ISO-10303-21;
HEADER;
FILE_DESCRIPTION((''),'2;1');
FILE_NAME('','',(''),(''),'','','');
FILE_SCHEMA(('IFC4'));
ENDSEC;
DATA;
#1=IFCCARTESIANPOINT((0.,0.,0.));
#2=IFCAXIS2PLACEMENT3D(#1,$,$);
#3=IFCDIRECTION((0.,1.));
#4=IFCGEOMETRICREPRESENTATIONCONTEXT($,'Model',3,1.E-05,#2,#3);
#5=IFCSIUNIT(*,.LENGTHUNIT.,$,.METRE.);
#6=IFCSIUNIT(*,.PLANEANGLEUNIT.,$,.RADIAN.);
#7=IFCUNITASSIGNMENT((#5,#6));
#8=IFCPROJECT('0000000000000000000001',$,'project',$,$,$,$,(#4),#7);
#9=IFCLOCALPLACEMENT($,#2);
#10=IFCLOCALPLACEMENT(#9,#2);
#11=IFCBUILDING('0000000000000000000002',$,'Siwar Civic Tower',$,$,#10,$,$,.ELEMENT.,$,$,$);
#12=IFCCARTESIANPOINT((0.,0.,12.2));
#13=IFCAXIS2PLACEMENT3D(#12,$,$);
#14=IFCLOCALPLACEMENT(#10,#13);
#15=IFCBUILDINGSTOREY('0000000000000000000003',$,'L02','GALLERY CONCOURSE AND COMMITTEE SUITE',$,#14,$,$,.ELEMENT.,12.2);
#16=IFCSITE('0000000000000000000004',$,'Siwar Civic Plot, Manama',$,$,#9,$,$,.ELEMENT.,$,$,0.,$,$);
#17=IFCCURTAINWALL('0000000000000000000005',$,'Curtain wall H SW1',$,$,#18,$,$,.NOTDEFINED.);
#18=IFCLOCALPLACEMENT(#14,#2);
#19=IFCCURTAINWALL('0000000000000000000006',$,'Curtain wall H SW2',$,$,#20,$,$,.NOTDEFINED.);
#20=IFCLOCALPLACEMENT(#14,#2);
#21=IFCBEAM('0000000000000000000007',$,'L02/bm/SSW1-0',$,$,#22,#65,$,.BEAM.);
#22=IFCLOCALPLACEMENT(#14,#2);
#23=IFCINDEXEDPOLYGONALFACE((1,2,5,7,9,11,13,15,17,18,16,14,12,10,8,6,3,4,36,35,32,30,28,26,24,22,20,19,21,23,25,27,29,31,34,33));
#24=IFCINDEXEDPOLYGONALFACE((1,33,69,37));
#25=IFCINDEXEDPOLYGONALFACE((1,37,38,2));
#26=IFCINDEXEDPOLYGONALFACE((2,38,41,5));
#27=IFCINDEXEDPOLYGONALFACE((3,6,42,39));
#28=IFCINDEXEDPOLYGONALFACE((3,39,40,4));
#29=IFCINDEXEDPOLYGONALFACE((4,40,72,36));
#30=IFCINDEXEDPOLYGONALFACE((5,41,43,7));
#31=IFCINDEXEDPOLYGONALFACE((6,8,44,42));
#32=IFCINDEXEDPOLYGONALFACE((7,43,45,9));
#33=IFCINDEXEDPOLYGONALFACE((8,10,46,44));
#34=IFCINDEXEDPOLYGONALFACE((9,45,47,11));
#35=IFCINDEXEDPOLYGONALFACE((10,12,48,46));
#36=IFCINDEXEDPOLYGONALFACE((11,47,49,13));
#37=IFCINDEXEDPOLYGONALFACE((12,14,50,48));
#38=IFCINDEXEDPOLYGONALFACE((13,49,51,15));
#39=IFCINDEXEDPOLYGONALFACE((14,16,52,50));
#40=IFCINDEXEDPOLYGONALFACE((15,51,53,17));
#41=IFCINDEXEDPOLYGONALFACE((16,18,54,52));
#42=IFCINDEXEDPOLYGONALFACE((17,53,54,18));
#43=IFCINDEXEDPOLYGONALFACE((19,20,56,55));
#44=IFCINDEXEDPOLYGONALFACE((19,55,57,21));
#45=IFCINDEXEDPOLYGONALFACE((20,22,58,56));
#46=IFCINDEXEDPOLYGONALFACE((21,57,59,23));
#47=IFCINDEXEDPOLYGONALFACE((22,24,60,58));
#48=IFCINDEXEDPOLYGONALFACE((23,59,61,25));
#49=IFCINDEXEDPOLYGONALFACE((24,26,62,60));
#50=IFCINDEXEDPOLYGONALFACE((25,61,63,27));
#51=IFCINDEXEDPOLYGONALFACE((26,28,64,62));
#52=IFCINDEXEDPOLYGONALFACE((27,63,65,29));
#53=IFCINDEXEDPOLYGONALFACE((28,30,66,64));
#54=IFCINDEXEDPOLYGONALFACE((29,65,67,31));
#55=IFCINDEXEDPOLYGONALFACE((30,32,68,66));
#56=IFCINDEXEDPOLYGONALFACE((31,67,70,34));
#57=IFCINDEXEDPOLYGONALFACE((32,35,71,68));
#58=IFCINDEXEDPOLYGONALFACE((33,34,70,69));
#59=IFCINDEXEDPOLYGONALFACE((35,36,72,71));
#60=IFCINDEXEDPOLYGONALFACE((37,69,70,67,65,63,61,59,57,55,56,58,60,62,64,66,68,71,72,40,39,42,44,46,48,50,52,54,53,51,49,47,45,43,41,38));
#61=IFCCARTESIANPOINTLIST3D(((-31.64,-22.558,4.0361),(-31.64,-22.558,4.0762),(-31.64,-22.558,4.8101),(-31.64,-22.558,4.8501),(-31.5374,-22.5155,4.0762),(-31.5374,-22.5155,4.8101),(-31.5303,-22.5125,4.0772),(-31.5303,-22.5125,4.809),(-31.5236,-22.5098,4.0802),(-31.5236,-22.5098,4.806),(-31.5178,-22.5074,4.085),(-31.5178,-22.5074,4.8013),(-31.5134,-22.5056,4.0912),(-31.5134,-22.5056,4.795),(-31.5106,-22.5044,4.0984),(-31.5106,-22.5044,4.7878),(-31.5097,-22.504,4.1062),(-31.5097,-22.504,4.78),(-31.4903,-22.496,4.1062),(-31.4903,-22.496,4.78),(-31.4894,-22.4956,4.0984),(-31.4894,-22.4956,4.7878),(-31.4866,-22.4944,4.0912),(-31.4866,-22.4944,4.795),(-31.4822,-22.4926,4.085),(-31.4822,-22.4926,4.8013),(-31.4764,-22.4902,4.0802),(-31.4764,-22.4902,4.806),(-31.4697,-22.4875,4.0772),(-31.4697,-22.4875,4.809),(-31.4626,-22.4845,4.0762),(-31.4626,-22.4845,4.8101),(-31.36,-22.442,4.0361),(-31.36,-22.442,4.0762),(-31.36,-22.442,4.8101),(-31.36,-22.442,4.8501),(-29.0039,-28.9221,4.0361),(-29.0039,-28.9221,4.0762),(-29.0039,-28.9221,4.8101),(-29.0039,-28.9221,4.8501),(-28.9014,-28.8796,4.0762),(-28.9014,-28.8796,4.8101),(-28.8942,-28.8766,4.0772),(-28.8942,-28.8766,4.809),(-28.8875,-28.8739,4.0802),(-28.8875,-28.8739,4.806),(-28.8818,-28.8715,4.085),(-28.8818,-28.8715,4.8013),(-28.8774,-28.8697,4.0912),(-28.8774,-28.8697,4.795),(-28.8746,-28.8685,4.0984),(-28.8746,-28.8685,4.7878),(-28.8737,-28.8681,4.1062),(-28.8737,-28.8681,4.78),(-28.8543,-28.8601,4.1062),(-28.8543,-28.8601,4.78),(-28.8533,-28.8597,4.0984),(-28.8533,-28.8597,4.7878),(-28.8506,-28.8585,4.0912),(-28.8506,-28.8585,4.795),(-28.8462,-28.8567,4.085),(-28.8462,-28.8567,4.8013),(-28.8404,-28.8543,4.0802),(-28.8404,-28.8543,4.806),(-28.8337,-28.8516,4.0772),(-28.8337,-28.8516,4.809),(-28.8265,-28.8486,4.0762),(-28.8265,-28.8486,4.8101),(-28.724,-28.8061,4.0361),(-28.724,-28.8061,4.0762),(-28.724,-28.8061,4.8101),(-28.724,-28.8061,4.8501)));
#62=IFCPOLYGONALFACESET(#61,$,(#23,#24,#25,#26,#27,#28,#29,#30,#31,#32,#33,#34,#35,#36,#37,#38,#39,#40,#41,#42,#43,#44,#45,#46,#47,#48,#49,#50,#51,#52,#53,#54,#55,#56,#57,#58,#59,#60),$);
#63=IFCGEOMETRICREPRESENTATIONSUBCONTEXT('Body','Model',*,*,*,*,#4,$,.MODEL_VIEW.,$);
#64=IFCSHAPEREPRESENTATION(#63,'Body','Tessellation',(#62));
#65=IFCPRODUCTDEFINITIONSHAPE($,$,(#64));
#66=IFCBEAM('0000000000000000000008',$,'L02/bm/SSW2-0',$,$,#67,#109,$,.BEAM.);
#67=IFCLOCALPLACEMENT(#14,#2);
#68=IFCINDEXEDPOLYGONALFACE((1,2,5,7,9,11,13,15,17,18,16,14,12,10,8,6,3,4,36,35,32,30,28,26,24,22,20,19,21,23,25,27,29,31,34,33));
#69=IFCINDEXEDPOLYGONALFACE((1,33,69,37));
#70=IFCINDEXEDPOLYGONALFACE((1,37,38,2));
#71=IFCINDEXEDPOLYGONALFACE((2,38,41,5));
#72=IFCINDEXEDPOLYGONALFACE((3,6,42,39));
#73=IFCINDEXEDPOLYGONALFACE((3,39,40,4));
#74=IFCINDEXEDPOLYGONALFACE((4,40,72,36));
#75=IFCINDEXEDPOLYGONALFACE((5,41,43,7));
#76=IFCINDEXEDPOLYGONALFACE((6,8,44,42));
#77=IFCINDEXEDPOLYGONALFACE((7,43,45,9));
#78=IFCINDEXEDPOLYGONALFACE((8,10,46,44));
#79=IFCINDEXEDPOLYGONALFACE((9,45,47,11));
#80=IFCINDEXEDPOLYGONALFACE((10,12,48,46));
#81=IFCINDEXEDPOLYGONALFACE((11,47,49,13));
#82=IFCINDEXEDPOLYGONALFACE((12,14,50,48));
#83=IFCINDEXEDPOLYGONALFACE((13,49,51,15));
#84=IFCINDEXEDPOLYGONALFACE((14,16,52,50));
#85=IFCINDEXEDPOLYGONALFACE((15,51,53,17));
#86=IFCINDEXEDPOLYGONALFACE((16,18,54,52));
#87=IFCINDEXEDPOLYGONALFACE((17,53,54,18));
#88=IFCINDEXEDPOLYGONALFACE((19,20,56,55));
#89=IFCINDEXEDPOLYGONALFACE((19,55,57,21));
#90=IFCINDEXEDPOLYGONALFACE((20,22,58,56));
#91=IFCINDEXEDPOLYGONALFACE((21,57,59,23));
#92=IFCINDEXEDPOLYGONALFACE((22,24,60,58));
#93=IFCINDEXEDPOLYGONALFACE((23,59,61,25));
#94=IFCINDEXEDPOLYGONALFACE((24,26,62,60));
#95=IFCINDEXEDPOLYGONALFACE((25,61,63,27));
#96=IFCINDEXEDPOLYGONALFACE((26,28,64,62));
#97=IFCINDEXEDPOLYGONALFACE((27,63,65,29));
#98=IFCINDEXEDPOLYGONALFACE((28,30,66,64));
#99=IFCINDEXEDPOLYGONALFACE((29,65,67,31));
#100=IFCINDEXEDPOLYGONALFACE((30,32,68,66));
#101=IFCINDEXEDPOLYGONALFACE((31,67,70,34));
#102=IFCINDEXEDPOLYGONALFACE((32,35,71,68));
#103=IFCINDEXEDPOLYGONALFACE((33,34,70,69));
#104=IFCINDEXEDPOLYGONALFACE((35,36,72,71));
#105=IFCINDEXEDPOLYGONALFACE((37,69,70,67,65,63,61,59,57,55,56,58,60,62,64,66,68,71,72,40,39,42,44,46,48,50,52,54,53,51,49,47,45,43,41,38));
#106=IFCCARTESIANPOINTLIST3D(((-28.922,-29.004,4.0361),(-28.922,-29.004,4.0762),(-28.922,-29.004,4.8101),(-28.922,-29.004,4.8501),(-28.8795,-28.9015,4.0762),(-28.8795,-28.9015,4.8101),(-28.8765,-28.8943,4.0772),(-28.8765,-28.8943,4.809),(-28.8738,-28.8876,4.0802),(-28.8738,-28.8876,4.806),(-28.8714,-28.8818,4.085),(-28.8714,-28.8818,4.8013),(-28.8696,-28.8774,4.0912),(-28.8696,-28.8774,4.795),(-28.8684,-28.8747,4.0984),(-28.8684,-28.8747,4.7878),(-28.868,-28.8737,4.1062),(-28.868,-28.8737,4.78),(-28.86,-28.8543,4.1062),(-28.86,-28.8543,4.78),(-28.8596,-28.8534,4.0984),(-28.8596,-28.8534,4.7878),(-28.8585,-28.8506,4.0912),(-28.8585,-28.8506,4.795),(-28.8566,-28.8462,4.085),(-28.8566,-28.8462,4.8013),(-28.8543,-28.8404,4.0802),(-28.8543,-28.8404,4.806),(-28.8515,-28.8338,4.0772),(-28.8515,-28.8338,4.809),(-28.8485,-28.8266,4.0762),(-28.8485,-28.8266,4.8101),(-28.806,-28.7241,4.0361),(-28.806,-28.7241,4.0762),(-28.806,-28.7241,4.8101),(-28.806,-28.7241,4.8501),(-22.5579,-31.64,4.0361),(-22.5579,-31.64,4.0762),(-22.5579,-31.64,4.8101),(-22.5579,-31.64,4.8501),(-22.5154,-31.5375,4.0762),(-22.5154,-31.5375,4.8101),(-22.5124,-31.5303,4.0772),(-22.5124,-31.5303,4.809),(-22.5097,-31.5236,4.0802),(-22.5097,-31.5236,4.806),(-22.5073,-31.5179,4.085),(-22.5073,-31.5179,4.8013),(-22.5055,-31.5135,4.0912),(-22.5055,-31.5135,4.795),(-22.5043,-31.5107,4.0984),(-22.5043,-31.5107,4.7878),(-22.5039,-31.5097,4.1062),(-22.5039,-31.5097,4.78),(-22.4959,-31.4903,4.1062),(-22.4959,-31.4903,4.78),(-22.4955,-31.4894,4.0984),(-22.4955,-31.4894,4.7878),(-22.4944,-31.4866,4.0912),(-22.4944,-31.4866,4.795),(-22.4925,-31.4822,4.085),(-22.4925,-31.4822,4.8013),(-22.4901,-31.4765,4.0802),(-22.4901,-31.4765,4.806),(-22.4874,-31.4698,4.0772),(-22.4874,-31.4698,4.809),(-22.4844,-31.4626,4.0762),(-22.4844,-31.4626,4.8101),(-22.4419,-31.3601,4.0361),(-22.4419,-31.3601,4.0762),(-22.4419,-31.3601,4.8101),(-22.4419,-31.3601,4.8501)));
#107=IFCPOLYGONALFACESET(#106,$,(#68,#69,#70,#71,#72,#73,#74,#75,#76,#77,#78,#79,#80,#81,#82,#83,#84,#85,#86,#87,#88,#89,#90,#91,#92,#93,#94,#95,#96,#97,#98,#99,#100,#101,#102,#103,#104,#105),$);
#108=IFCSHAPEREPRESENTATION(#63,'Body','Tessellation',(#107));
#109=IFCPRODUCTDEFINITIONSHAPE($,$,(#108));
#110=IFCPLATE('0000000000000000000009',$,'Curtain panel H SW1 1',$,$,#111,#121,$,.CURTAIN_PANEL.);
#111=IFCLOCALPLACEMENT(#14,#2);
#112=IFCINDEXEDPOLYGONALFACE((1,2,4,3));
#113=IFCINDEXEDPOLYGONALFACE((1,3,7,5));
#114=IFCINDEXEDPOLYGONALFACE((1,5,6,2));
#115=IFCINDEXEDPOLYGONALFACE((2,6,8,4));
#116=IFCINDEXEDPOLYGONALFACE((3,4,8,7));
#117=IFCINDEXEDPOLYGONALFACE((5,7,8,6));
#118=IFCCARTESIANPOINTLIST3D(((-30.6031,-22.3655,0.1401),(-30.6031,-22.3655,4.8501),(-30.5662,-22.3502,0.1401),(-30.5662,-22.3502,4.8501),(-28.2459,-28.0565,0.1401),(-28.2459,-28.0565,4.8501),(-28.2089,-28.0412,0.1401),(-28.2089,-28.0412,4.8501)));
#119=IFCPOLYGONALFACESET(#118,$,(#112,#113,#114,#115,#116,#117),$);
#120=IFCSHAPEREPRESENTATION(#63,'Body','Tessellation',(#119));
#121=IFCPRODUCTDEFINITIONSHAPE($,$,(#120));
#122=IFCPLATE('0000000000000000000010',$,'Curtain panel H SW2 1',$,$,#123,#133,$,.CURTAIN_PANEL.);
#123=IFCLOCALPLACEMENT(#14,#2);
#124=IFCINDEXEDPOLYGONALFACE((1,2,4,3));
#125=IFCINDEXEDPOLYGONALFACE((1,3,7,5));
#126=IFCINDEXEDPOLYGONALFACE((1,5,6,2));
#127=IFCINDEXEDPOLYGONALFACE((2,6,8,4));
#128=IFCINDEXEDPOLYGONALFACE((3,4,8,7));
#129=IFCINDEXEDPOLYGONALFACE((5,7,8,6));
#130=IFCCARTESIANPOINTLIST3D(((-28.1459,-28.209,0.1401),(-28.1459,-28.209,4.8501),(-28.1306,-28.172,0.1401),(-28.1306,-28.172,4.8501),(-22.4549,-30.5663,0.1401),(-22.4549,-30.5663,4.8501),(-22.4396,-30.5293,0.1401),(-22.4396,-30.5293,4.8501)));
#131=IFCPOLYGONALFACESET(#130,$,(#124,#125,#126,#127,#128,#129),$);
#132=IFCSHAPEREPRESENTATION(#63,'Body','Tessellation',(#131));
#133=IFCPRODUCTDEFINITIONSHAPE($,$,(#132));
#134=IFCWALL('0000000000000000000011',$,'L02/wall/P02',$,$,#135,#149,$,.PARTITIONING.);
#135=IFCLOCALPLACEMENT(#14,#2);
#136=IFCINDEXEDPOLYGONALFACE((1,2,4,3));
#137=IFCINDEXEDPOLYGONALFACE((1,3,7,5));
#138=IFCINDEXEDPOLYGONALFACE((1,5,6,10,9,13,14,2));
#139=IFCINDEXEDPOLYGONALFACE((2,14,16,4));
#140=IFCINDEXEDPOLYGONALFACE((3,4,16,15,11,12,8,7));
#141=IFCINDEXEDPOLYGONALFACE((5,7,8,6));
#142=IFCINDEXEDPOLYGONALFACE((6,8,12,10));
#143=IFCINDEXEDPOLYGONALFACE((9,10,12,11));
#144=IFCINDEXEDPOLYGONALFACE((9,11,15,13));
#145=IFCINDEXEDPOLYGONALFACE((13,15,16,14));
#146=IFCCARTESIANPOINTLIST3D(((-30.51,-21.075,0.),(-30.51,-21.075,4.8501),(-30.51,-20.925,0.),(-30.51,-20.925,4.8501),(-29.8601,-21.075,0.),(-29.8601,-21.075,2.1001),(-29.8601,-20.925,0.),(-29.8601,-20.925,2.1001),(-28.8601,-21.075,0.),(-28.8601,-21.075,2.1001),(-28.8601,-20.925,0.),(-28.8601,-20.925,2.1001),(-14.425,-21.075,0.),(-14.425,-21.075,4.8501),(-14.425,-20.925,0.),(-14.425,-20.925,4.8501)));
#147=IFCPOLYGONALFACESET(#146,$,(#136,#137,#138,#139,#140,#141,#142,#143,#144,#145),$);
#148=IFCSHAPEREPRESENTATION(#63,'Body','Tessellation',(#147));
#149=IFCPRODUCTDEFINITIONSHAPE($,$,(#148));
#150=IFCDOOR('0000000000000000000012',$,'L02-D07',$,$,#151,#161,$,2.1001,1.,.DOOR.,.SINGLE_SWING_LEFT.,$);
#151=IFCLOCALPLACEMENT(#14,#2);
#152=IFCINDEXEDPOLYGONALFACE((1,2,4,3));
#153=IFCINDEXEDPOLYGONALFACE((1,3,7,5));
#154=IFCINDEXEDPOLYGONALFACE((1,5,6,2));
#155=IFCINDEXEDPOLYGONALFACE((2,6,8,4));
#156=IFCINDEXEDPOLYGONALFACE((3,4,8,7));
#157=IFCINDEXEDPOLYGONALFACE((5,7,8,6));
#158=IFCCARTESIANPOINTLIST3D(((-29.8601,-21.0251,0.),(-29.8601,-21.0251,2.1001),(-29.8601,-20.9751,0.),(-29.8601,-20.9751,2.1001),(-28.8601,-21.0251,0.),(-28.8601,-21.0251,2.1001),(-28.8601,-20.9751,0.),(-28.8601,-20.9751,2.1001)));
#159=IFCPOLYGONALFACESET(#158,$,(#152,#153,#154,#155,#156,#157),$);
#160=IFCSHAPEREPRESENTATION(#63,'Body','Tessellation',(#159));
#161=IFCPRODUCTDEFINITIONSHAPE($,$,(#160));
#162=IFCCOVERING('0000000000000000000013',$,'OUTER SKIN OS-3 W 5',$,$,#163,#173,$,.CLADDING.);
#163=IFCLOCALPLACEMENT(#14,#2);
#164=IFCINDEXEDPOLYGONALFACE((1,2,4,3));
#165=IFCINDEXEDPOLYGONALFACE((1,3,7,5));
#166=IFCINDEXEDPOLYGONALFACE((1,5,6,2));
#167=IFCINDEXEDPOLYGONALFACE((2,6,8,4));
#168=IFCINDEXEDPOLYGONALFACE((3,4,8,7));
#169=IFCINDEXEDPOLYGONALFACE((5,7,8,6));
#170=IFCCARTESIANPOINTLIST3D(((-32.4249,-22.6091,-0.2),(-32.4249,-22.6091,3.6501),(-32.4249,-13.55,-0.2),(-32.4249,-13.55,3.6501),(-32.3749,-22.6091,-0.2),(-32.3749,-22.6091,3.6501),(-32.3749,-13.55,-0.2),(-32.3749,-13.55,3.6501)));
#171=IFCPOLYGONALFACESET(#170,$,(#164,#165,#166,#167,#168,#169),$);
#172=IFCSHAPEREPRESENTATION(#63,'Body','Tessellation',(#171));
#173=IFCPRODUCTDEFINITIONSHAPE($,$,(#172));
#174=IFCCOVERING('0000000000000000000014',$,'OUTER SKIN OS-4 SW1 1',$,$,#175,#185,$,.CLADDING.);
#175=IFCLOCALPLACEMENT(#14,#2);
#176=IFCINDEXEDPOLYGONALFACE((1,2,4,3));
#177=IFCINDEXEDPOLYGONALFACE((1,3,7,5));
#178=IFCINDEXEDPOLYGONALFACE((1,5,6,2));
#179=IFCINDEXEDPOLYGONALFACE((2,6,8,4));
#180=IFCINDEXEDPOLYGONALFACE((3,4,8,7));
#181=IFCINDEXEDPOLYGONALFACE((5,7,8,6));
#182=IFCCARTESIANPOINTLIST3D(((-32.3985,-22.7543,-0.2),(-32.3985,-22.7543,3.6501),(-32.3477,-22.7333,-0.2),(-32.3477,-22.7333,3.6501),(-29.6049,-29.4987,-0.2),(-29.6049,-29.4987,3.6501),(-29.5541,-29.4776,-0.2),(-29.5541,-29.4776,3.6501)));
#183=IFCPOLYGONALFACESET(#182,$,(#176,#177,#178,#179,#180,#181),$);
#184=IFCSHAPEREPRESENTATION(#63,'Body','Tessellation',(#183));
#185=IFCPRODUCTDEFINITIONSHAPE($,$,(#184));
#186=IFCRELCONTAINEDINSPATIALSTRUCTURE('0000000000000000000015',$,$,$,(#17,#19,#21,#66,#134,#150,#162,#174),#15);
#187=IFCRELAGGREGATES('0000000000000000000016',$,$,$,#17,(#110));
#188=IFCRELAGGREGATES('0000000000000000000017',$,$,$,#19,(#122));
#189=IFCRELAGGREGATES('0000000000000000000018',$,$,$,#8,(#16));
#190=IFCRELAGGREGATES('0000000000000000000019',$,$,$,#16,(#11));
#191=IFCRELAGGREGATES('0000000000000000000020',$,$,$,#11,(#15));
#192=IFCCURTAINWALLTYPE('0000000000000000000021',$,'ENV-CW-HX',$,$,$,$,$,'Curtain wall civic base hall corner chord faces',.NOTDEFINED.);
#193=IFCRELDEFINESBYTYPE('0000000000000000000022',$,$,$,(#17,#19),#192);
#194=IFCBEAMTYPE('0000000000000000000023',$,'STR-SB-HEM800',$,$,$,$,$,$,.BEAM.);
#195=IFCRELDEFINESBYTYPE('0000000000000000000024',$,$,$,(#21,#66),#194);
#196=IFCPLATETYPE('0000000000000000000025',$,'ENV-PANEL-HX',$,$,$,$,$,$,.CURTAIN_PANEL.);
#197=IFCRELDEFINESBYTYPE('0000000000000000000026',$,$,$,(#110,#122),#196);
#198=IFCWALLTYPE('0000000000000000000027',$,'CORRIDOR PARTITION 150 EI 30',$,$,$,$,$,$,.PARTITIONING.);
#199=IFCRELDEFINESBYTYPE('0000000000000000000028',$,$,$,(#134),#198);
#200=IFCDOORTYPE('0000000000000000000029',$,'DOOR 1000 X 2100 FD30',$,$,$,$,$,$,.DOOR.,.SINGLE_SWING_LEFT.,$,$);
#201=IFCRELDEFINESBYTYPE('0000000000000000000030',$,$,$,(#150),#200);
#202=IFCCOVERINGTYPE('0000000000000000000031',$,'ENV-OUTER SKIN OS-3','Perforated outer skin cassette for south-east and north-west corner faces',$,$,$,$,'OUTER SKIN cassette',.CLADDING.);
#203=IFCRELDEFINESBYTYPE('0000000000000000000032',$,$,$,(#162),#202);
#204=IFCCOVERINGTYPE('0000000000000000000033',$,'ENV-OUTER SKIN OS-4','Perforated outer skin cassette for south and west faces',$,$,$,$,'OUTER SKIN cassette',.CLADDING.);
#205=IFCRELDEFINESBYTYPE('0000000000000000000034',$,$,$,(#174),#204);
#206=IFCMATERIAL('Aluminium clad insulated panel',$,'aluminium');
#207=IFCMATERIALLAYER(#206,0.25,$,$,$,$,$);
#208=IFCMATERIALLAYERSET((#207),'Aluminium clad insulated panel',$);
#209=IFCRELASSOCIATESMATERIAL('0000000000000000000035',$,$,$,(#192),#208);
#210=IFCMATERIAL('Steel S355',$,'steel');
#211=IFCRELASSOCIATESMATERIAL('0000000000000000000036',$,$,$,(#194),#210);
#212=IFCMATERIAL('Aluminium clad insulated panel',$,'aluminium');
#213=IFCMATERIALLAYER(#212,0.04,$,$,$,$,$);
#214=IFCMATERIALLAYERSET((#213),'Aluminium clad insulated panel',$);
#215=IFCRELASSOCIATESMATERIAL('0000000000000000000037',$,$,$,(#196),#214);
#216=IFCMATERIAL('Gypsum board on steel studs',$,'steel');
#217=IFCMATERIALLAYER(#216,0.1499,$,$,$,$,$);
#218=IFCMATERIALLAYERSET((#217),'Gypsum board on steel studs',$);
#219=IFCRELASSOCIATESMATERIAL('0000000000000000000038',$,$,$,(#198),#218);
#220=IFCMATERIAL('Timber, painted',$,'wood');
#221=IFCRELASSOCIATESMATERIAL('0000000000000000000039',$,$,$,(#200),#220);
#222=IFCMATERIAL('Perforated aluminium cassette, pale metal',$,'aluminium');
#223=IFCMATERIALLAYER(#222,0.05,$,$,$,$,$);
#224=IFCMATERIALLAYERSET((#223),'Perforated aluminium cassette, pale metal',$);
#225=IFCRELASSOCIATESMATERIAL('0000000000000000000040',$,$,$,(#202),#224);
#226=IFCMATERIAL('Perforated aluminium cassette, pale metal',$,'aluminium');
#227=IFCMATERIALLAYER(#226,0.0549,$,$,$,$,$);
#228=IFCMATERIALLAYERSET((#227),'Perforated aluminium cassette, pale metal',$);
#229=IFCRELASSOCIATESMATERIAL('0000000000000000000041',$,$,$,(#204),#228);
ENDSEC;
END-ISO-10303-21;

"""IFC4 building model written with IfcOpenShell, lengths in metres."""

from ifc_helpers import new_model, si_unit, direction, frame, frame_2d, origin, origin_2d, place, context, subcontext, project, spatial, rectangle, i_section, extrude, material, layer, layer_set, material_profile, profile_set, type_object, element, fill, aggregate, save


model = new_model("IFC4")

# Units and contexts
model_context = context("Model", 3, precision=1e-05, world=origin(), true_north=direction((0.0, 1.0)))
body_context = subcontext(model_context, "Body", "Model", "MODEL_VIEW")
ifc_project = project(units=[si_unit("LENGTHUNIT", "METRE"), si_unit("PLANEANGLEUNIT", "RADIAN")], contexts=[model_context])

# Site, building, storey
site_placement = place(None, origin())
site = spatial("IfcSite", under=ifc_project, at=site_placement, Name="Siwar Civic Plot, Manama", CompositionType="ELEMENT", RefElevation=0.0)
building_placement = place(site_placement, origin())
building = spatial("IfcBuilding", under=site, at=building_placement, Name="Siwar Civic Tower", CompositionType="ELEMENT")
storey_placement = place(building_placement, frame((0.0, 0.0, 12.2)))
storey = spatial("IfcBuildingStorey", under=building, at=storey_placement, Name="L02", Description="GALLERY CONCOURSE AND COMMITTEE SUITE", CompositionType="ELEMENT", Elevation=12.2)

# Curtain walls
ifc_material_1 = material(Name="Aluminium clad insulated panel", Category="aluminium")
ifc_layer_1 = layer(ifc_material_1, 0.25)
ifc_layer_set_1 = layer_set([ifc_layer_1], Name="Aluminium clad insulated panel")
curtain_wall_type = type_object("IfcCurtainWallType", Name="ENV-CW-HX", ElementType="Curtain wall civic base hall corner chord faces", PredefinedType="NOTDEFINED", material=ifc_layer_set_1)
curtain_wall_1_placement = place(storey_placement, origin())
curtain_wall_1 = element("IfcCurtainWall", 1, at=curtain_wall_1_placement, inside=storey, type_object=curtain_wall_type, Name="Curtain wall H SW1", PredefinedType="NOTDEFINED")
curtain_wall_2_placement = place(storey_placement, origin())
curtain_wall_2 = element("IfcCurtainWall", 2, at=curtain_wall_2_placement, inside=storey, type_object=curtain_wall_type, Name="Curtain wall H SW2", PredefinedType="NOTDEFINED")

# Beams
ifc_material_2 = material(Name="Steel S355", Category="steel")
ifc_material_profile_1 = material_profile(ifc_material_2, i_section(OverallWidth=0.303, OverallDepth=0.814, WebThickness=0.021, FlangeThickness=0.04, FilletRadius=0.03, at=origin_2d()), Name="HEM800")
ifc_profile_set_1 = profile_set([ifc_material_profile_1], Name="Steel S355")
beam_type_1 = type_object("IfcBeamType", Name="STR-SB-HEM800", PredefinedType="BEAM", material=ifc_profile_set_1)
for number, where, z_axis, x_axis, name in (
    (3, (-31.5, -22.5, 4.4431), (0.382674, -0.923883, 0.0), (0.923883, 0.382674, 0.0), "L02/bm/SSW1-0"),
    (4, (-28.864, -28.864, 4.4431), (0.923883, -0.382674, 0.0), (0.382674, 0.923883, 0.0), "L02/bm/SSW2-0"),
):
    element("IfcBeam", number, at=place(storey_placement, frame(where, z_axis=z_axis, x_axis=x_axis)), inside=storey, type_object=beam_type_1, Name=name, PredefinedType="BEAM", context=body_context, shape_type="SweptSolid", body=[
        extrude(i_section(OverallWidth=0.303, OverallDepth=0.814, WebThickness=0.021, FlangeThickness=0.04, FilletRadius=0.03, at=origin_2d()), origin(), (0.0, 0.0, 1.0), 6.8884),
    ])

# Plates
ifc_material_3 = material(Name="Aluminium clad insulated panel", Category="aluminium")
ifc_layer_2 = layer(ifc_material_3, 0.04)
ifc_layer_set_2 = layer_set([ifc_layer_2], Name="Aluminium clad insulated panel")
plate_type = type_object("IfcPlateType", Name="ENV-PANEL-HX", PredefinedType="CURTAIN_PANEL", material=ifc_layer_set_2)
plate_1_placement = place(storey_placement, frame((-29.406, -25.2034, 0.1401), z_axis=(0.0, 0.0, 1.0), x_axis=(0.382683, -0.92388, 0.0)))
plate_1 = element("IfcPlate", 5, at=plate_1_placement, type_object=plate_type, Name="Curtain panel H SW1 1", PredefinedType="CURTAIN_PANEL", context=body_context, shape_type="SweptSolid", body=[
    extrude(rectangle(XDim=6.1599, YDim=0.04, at=origin_2d()), origin(), (0.0, 0.0, 1.0), 4.71),
])
aggregate(curtain_wall_1, [plate_1])
plate_2_placement = place(storey_placement, frame((-25.2927, -29.3691, 0.1401), z_axis=(0.0, 0.0, 1.0), x_axis=(0.92388, -0.382683, 0.0)))
plate_2 = element("IfcPlate", 6, at=plate_2_placement, type_object=plate_type, Name="Curtain panel H SW2 1", PredefinedType="CURTAIN_PANEL", context=body_context, shape_type="SweptSolid", body=[
    extrude(rectangle(XDim=6.1599, YDim=0.04, at=origin_2d()), origin(), (0.0, 0.0, 1.0), 4.71),
])
aggregate(curtain_wall_2, [plate_2])

# Wall, opening, door
ifc_material_4 = material(Name="Gypsum board on steel studs", Category="steel")
ifc_layer_3 = layer(ifc_material_4, 0.1499)
ifc_layer_set_3 = layer_set([ifc_layer_3], Name="Gypsum board on steel studs")
wall_type = type_object("IfcWallType", Name="CORRIDOR PARTITION 150 EI 30", PredefinedType="PARTITIONING", material=ifc_layer_set_3)
wall_placement = place(storey_placement, frame((-30.51, -21.0, 0.0), z_axis=(0.0, 0.0, 1.0), x_axis=(1.0, 0.0, 0.0)))
wall = element("IfcWall", 7, at=wall_placement, inside=storey, type_object=wall_type, Name="L02/wall/P02", PredefinedType="PARTITIONING", context=body_context, shape_type="SweptSolid", body=[
    extrude(rectangle(XDim=16.085, YDim=0.1499, at=frame_2d((8.0425, 0.0))), origin(), (0.0, 0.0, 1.0), 4.8501),
])
opening_placement = place(wall_placement, frame((0.6499, 0.0, 0.0)))
opening = element("IfcOpeningElement", 8, at=opening_placement, cuts=wall, PredefinedType="OPENING", context=body_context, shape_type="SweptSolid", body=[
    extrude(rectangle(XDim=1.0, YDim=2.1001, at=frame_2d((0.5, 1.05))), frame((0.0, 0.085, 0.0), z_axis=(0.0, -1.0, 0.0), x_axis=(1.0, 0.0, 0.0)), (0.0, 0.0, 1.0), 0.1699),
])
ifc_material_5 = material(Name="Timber, painted", Category="wood")
door_type = type_object("IfcDoorType", Name="DOOR 1000 X 2100 FD30", OperationType="SINGLE_SWING_LEFT", PredefinedType="DOOR", material=ifc_material_5)
door_placement = place(opening_placement, origin())
door = element("IfcDoor", 9, at=door_placement, inside=storey, type_object=door_type, Name="L02-D07", OperationType="SINGLE_SWING_LEFT", OverallHeight=2.1001, OverallWidth=1.0, PredefinedType="DOOR", context=body_context, shape_type="SweptSolid", body=[
    extrude(rectangle(XDim=1.0, YDim=2.1001, at=frame_2d((0.5, 1.05))), frame((0.0, 0.0249, 0.0), z_axis=(0.0, -1.0, 0.0), x_axis=(1.0, 0.0, 0.0)), (0.0, 0.0, 1.0), 0.05),
])
fill(opening, door)

# Coverings
ifc_material_6 = material(Name="Perforated aluminium cassette, pale metal", Category="aluminium")
ifc_layer_4 = layer(ifc_material_6, 0.05)
ifc_layer_set_4 = layer_set([ifc_layer_4], Name="Perforated aluminium cassette, pale metal")
covering_type_1 = type_object("IfcCoveringType", Name="ENV-OUTER SKIN OS-3", Description="Perforated outer skin cassette for south-east and north-west corner faces", ElementType="OUTER SKIN cassette", PredefinedType="CLADDING", material=ifc_layer_set_4)
covering_placement = place(storey_placement, frame((-32.3999, -18.0796, -0.2), z_axis=(0.0, 0.0, 1.0), x_axis=(0.0, -1.0, 0.0)))
element("IfcCovering", 10, at=covering_placement, inside=storey, type_object=covering_type_1, Name="OUTER SKIN OS-3 W 5", PredefinedType="CLADDING", context=body_context, shape_type="SweptSolid", body=[
    extrude(rectangle(XDim=9.0591, YDim=0.05, at=origin_2d()), origin(), (0.0, 0.0, 1.0), 3.8501),
])
ifc_material_7 = material(Name="Perforated aluminium cassette, pale metal", Category="aluminium")
ifc_layer_5 = layer(ifc_material_7, 0.0549)
ifc_layer_set_5 = layer_set([ifc_layer_5], Name="Perforated aluminium cassette, pale metal")
covering_type_2 = type_object("IfcCoveringType", Name="ENV-OUTER SKIN OS-4", Description="Perforated outer skin cassette for south and west faces", ElementType="OUTER SKIN cassette", PredefinedType="CLADDING", material=ifc_layer_set_5)
for number, where, z_axis, x_axis, name in (
    (11, (-30.9763, -26.116, -0.2), (0.0, 0.0, 1.0), (0.382683, -0.92388, 0.0), "OUTER SKIN OS-4 SW1 1"),
):
    element("IfcCovering", number, at=place(storey_placement, frame(where, z_axis=z_axis, x_axis=x_axis)), inside=storey, type_object=covering_type_2, Name=name, PredefinedType="CLADDING", context=body_context, shape_type="SweptSolid", body=[
        extrude(rectangle(XDim=7.3, YDim=0.0549, at=origin_2d()), origin(), (0.0, 0.0, 1.0), 3.8501),
    ])

save(model, "model.ifc")
